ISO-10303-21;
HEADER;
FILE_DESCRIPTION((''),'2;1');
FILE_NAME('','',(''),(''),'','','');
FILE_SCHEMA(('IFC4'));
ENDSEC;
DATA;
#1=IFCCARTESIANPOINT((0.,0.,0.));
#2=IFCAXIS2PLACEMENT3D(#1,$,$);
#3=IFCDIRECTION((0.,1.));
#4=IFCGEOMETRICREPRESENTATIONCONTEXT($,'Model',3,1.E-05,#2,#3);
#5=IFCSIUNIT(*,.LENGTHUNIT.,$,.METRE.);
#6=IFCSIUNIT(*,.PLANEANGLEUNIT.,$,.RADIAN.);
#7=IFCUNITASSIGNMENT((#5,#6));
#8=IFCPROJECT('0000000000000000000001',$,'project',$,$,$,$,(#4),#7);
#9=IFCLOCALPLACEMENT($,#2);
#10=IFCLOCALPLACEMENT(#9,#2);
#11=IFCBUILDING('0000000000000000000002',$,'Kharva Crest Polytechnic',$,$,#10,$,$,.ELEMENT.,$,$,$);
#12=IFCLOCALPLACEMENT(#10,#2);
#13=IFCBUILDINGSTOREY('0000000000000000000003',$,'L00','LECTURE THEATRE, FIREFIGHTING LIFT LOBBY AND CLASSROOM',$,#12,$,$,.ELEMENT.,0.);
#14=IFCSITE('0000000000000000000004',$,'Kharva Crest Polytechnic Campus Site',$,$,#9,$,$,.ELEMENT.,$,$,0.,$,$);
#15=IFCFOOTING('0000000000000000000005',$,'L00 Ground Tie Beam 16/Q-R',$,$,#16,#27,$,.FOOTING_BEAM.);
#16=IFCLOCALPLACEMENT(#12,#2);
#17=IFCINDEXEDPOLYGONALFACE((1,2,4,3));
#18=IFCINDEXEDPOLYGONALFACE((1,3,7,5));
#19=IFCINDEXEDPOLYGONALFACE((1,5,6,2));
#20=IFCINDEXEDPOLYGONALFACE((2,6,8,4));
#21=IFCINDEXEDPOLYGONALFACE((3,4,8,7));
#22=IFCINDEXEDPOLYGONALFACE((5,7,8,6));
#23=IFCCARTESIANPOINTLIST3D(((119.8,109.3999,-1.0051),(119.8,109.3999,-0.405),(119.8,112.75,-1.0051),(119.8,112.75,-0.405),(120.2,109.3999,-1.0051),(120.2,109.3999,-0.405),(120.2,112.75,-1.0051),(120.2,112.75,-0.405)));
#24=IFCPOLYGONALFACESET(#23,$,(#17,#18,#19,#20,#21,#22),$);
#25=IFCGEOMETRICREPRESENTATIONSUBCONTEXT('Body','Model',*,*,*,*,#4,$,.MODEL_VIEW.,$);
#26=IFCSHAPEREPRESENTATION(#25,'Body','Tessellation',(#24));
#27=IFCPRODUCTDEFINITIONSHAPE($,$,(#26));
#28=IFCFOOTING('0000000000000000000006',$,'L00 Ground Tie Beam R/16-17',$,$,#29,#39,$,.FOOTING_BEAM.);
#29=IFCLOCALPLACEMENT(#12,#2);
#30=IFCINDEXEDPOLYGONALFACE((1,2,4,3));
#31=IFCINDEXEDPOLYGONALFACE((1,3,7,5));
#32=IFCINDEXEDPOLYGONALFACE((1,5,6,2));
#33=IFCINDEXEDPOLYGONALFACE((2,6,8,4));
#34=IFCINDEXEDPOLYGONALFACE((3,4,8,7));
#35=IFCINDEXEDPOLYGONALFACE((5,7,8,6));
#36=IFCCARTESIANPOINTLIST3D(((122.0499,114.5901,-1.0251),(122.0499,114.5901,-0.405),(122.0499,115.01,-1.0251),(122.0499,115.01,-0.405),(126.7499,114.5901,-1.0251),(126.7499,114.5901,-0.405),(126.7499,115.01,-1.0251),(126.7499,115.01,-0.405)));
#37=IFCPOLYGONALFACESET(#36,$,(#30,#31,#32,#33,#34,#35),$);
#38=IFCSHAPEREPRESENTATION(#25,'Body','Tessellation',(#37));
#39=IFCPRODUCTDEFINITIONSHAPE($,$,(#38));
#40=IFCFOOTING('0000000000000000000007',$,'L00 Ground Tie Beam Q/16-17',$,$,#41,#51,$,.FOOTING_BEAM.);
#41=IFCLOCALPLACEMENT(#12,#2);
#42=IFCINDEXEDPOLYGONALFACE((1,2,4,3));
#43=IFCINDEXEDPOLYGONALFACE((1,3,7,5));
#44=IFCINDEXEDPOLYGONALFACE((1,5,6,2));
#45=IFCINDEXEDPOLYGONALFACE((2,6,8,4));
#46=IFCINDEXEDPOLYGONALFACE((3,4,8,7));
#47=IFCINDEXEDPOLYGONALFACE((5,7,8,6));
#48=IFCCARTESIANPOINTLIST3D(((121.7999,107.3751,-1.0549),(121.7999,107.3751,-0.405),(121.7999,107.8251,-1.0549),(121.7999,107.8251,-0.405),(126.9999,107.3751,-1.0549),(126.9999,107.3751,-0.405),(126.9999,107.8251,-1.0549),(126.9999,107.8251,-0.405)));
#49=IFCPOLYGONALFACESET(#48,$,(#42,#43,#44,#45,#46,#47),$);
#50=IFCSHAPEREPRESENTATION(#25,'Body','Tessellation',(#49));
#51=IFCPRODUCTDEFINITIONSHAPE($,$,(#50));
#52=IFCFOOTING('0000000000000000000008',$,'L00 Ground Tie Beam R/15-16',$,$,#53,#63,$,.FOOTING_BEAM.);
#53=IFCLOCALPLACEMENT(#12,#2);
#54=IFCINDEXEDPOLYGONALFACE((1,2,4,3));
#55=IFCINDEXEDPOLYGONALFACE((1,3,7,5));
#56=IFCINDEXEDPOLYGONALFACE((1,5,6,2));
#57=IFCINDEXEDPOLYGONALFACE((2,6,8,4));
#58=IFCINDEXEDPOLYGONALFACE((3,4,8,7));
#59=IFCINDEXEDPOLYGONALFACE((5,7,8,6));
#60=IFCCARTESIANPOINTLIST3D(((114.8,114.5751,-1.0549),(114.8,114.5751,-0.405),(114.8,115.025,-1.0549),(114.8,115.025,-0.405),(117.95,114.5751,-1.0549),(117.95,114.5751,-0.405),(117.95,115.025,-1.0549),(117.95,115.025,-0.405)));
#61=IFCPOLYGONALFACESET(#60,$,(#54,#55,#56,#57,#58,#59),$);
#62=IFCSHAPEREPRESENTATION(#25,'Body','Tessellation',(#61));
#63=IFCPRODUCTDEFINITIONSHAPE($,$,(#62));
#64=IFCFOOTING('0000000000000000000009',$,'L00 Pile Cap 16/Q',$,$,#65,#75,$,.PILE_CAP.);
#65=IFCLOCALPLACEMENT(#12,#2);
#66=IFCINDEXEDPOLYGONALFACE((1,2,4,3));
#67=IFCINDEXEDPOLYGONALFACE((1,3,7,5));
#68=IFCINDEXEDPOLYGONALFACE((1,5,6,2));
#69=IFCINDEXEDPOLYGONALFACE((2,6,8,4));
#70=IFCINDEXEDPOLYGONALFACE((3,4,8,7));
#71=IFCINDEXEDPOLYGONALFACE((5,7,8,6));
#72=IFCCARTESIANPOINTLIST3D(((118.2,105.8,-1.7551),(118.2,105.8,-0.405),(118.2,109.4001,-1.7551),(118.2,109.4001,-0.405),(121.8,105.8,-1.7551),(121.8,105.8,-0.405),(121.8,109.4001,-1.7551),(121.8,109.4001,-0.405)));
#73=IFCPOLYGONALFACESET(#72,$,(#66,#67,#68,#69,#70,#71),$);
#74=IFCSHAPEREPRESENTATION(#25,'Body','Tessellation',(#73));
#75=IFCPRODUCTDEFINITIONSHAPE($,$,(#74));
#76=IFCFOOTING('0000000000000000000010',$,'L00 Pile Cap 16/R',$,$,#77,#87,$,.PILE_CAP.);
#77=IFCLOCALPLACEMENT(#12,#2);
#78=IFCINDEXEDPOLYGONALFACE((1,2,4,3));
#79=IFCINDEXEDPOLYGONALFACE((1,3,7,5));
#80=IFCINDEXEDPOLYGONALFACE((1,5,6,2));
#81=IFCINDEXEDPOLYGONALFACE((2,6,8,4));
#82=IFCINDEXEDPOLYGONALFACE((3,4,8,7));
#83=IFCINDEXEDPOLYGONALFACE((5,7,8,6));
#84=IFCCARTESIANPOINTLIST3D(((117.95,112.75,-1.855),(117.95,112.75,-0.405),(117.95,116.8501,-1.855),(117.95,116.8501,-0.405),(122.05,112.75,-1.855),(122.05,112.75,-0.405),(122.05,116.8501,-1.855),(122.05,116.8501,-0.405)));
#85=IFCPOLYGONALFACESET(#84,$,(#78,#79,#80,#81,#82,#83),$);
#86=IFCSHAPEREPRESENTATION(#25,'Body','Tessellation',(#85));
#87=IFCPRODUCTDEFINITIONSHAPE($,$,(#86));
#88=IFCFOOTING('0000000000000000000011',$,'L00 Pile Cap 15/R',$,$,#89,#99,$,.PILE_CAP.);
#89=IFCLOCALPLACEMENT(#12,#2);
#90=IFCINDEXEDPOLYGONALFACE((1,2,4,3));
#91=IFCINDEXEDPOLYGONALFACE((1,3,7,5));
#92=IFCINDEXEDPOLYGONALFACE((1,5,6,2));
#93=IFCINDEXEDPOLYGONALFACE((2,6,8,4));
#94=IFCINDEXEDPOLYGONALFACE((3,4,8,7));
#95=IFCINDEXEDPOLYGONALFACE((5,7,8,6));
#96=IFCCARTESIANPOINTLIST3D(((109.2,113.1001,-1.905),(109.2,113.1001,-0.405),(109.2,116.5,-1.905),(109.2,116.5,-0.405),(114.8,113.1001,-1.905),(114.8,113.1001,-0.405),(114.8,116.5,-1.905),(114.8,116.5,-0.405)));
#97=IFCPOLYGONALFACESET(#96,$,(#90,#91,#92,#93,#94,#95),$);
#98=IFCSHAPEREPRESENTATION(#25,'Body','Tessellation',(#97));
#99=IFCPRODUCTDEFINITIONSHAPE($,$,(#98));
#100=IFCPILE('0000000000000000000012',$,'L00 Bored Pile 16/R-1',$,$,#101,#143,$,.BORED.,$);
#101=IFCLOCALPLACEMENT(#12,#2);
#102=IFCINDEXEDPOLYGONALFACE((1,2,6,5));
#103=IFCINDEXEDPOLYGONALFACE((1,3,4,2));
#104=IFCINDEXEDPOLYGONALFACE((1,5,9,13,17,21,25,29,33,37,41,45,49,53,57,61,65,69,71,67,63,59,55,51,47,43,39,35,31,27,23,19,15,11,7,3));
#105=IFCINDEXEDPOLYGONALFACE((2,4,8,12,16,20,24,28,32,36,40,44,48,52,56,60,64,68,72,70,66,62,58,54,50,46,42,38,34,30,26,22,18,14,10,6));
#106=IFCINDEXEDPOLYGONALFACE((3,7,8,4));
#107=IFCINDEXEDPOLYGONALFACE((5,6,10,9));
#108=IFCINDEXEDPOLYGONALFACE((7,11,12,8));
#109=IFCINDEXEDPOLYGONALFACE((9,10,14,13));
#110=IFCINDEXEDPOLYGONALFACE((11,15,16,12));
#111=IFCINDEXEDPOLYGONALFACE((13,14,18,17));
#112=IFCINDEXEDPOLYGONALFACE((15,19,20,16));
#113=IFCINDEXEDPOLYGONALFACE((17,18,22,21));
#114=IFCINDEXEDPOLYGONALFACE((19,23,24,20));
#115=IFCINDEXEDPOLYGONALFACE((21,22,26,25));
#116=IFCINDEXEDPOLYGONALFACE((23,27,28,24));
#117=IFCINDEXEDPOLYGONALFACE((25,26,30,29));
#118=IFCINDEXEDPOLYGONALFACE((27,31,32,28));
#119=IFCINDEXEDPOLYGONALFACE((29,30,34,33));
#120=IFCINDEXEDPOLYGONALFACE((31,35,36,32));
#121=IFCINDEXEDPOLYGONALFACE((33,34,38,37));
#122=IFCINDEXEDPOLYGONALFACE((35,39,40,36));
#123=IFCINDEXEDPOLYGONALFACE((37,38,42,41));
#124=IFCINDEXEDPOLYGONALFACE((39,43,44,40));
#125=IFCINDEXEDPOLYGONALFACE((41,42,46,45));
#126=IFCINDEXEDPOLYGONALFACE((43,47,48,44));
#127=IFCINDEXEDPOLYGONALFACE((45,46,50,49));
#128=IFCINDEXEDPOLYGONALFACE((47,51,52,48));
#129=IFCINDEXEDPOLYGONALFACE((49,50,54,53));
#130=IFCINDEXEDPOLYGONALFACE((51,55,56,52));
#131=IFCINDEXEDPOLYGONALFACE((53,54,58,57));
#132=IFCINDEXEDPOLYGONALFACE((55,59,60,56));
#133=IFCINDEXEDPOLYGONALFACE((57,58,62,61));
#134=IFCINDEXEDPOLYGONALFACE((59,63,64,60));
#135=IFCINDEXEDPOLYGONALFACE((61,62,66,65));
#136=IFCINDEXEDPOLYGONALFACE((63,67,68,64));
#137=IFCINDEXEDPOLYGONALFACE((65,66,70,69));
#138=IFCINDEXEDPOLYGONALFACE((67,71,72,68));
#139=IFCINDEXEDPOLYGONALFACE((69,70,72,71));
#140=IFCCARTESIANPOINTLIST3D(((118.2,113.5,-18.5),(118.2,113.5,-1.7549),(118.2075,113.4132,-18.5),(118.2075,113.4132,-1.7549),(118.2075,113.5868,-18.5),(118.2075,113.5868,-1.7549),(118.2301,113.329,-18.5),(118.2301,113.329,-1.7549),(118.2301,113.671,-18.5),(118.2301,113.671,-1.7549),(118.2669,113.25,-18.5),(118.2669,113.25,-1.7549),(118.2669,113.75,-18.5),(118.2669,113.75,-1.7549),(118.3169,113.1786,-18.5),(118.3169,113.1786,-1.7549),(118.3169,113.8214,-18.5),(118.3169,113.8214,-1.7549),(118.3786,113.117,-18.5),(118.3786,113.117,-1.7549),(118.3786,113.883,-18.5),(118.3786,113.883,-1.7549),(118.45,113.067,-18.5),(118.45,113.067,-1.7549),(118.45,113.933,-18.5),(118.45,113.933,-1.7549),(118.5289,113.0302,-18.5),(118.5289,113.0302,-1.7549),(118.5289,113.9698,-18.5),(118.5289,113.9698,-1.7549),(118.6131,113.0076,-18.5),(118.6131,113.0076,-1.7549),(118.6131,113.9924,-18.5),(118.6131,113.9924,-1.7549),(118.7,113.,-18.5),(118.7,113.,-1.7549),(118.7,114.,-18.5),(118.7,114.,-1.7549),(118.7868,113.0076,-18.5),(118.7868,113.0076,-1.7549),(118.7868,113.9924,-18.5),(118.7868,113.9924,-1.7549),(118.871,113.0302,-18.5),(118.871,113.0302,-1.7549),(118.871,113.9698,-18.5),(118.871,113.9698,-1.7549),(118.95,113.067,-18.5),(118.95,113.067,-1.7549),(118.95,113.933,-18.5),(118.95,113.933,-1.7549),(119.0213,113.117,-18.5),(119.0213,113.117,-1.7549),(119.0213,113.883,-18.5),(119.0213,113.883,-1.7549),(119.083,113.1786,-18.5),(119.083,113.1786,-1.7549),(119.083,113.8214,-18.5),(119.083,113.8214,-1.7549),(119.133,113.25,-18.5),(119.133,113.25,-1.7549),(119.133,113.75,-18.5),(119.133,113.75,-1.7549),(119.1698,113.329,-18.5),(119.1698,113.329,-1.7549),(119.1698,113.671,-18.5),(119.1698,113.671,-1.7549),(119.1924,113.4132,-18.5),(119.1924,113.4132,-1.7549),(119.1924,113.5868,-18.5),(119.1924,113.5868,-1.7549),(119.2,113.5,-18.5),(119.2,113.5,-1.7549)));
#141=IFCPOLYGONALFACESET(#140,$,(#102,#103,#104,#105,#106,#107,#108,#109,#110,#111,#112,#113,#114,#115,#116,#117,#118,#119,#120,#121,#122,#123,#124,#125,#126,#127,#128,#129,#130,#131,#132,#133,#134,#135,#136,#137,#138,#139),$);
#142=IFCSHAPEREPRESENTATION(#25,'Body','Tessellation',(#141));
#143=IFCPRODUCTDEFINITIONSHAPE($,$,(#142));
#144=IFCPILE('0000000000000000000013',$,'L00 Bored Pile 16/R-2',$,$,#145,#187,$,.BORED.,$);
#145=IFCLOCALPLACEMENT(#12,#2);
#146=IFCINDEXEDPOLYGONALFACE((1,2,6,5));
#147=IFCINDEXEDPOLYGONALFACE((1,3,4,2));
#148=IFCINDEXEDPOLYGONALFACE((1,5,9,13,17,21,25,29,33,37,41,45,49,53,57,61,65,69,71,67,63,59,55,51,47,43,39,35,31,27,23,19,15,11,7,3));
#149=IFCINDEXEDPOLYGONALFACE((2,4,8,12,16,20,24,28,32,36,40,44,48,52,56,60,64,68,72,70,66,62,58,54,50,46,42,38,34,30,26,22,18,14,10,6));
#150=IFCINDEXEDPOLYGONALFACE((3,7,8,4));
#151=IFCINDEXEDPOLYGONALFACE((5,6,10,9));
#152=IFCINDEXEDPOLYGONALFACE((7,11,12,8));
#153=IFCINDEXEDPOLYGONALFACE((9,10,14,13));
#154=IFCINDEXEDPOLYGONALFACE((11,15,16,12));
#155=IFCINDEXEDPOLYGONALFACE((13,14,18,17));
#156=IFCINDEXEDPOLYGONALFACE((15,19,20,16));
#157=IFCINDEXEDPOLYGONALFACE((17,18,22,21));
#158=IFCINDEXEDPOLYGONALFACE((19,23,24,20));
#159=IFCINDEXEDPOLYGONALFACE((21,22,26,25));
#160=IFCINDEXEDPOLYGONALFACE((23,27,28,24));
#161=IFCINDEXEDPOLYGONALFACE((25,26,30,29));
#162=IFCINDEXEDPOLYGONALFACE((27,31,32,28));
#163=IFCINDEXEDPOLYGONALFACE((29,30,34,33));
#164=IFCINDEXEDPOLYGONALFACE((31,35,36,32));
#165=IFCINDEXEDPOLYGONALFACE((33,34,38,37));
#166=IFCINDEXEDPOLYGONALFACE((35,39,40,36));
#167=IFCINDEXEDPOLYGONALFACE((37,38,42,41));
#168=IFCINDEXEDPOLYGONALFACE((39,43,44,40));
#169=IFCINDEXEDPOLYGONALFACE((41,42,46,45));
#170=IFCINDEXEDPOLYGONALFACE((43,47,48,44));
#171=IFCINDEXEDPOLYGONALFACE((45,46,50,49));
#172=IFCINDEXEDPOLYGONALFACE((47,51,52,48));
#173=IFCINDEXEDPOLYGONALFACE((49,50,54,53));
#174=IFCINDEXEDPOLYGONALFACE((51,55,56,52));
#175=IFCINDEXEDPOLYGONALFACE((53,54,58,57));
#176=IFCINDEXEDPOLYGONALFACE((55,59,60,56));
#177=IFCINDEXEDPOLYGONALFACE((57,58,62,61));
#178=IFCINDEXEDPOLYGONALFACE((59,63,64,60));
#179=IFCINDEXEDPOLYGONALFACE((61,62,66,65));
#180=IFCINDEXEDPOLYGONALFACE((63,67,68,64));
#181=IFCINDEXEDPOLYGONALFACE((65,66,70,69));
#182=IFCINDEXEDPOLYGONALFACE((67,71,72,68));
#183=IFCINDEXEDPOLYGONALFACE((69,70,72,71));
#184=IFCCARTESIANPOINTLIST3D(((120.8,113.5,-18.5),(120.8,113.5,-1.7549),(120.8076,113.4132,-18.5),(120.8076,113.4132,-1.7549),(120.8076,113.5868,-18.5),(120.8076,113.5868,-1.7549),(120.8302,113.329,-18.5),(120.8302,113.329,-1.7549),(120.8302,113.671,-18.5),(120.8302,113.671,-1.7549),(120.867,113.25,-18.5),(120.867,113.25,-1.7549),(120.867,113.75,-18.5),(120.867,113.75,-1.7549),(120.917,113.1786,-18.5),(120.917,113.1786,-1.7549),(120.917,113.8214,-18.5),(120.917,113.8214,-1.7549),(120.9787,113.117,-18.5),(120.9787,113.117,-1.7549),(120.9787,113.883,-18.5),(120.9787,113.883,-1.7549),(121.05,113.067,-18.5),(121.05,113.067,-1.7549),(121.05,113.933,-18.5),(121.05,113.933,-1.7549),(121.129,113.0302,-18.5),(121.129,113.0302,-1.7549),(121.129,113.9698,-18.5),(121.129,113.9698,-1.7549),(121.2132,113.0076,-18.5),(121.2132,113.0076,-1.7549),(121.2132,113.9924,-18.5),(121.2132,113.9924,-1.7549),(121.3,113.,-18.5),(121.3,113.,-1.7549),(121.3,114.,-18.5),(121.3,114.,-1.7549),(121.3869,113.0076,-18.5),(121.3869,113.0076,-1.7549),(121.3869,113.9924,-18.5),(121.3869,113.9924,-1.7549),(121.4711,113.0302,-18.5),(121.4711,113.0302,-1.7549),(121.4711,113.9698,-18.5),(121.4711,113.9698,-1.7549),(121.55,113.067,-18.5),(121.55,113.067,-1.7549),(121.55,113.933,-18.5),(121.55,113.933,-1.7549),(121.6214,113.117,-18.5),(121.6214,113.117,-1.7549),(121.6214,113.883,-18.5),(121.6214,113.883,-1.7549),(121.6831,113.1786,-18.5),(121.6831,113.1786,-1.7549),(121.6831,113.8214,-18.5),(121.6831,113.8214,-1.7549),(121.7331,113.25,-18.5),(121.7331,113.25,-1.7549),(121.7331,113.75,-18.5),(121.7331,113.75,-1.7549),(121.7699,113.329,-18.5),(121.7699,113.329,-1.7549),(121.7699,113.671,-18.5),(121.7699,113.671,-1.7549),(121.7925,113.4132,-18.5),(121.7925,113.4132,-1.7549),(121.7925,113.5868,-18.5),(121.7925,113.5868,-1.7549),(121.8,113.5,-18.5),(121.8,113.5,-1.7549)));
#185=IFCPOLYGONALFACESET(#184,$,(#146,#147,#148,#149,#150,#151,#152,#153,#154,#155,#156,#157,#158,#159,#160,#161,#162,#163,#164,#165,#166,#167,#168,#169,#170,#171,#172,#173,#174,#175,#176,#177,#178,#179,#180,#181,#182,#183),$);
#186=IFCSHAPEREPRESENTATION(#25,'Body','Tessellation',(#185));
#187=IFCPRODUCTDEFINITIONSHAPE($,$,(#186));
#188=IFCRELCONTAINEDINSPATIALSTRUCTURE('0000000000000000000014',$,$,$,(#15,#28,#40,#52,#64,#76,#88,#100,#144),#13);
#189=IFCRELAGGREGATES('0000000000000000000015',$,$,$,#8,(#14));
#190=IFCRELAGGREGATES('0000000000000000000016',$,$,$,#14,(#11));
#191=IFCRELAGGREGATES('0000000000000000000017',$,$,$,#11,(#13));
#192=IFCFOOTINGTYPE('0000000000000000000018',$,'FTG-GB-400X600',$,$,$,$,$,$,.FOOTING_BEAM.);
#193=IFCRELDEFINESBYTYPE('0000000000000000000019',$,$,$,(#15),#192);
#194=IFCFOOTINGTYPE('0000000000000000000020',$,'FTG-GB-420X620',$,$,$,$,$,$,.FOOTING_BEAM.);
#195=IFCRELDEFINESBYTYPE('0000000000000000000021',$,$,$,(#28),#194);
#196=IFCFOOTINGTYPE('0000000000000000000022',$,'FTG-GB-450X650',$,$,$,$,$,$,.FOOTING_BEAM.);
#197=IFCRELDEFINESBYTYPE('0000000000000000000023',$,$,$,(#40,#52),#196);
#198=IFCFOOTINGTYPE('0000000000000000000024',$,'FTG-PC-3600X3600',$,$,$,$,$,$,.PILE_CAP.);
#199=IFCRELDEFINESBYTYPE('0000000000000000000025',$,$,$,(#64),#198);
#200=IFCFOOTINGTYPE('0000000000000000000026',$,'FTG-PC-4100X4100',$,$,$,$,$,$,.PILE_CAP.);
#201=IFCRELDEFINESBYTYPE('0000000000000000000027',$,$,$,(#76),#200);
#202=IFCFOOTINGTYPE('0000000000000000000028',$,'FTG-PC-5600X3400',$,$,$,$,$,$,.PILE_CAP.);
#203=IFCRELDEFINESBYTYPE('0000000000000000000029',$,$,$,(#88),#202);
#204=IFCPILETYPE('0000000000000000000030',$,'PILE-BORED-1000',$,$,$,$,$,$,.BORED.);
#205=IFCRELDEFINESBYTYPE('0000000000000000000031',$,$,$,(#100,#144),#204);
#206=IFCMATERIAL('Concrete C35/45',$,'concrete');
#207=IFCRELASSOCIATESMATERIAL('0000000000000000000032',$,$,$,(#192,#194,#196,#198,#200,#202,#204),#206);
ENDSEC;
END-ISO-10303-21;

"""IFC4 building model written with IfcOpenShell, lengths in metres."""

from ifc_helpers import new_model, si_unit, direction, frame, origin, origin_2d, place, context, subcontext, project, spatial, rectangle, circle, extrude, material, material_profile, profile_set, type_object, element, save


model = new_model("IFC4")

# Units and contexts
model_context = context("Model", 3, precision=1e-05, world=origin(), true_north=direction((0.0, 1.0)))
body_context = subcontext(model_context, "Body", "Model", "MODEL_VIEW")
ifc_project = project(units=[si_unit("LENGTHUNIT", "METRE"), si_unit("PLANEANGLEUNIT", "RADIAN")], contexts=[model_context])

# Site, building, storey
site_placement = place(None, origin())
site = spatial("IfcSite", under=ifc_project, at=site_placement, Name="Kharva Crest Polytechnic Campus Site", CompositionType="ELEMENT", RefElevation=0.0)
building_placement = place(site_placement, origin())
building = spatial("IfcBuilding", under=site, at=building_placement, Name="Kharva Crest Polytechnic", CompositionType="ELEMENT")
storey_placement = place(building_placement, origin())
storey = spatial("IfcBuildingStorey", under=building, at=storey_placement, Name="L00", Description="LECTURE THEATRE, FIREFIGHTING LIFT LOBBY AND CLASSROOM", CompositionType="ELEMENT", Elevation=0.0)

# Footings
ifc_material_1 = material(Name="Concrete C35/45", Category="concrete")
footing_type_1 = type_object("IfcFootingType", Name="FTG-GB-400X600", PredefinedType="FOOTING_BEAM", material=ifc_material_1)
footing_1_placement = place(storey_placement, frame((120.0, 111.075, -1.0051), z_axis=(0.0, 0.0, 1.0), x_axis=(0.0, 1.0, 0.0)))
element("IfcFooting", 1, at=footing_1_placement, inside=storey, type_object=footing_type_1, Name="L00 Ground Tie Beam 16/Q-R", PredefinedType="FOOTING_BEAM", context=body_context, shape_type="SweptSolid", body=[
    extrude(rectangle(XDim=3.3501, YDim=0.3999, at=origin_2d()), origin(), (0.0, 0.0, 1.0), 0.6001),
])
footing_type_2 = type_object("IfcFootingType", Name="FTG-GB-420X620", PredefinedType="FOOTING_BEAM", material=ifc_material_1)
footing_2_placement = place(storey_placement, frame((124.3999, 114.8, -1.0251), z_axis=(0.0, 0.0, 1.0), x_axis=(1.0, 0.0, 0.0)))
element("IfcFooting", 2, at=footing_2_placement, inside=storey, type_object=footing_type_2, Name="L00 Ground Tie Beam R/16-17", PredefinedType="FOOTING_BEAM", context=body_context, shape_type="SweptSolid", body=[
    extrude(rectangle(XDim=4.7, YDim=0.4199, at=origin_2d()), origin(), (0.0, 0.0, 1.0), 0.6201),
])
footing_type_3 = type_object("IfcFootingType", Name="FTG-GB-450X650", PredefinedType="FOOTING_BEAM", material=ifc_material_1)
footing_3_placement = place(storey_placement, frame((124.3999, 107.6001, -1.0549), z_axis=(0.0, 0.0, 1.0), x_axis=(1.0, 0.0, 0.0)))
element("IfcFooting", 3, at=footing_3_placement, inside=storey, type_object=footing_type_3, Name="L00 Ground Tie Beam Q/16-17", PredefinedType="FOOTING_BEAM", context=body_context, shape_type="SweptSolid", body=[
    extrude(rectangle(XDim=5.2, YDim=0.45, at=origin_2d()), origin(), (0.0, 0.0, 1.0), 0.6499),
])
footing_4_placement = place(storey_placement, frame((116.375, 114.8, -1.0549), z_axis=(0.0, 0.0, 1.0), x_axis=(1.0, 0.0, 0.0)))
element("IfcFooting", 4, at=footing_4_placement, inside=storey, type_object=footing_type_3, Name="L00 Ground Tie Beam R/15-16", PredefinedType="FOOTING_BEAM", context=body_context, shape_type="SweptSolid", body=[
    extrude(rectangle(XDim=3.1499, YDim=0.45, at=origin_2d()), origin(), (0.0, 0.0, 1.0), 0.6499),
])
footing_type_4 = type_object("IfcFootingType", Name="FTG-PC-3600X3600", PredefinedType="PILE_CAP", material=ifc_material_1)
footing_5_placement = place(storey_placement, frame((120.0, 107.6001, -1.7551), z_axis=(0.0, 0.0, 1.0), x_axis=(1.0, 0.0, 0.0)))
element("IfcFooting", 5, at=footing_5_placement, inside=storey, type_object=footing_type_4, Name="L00 Pile Cap 16/Q", PredefinedType="PILE_CAP", context=body_context, shape_type="SweptSolid", body=[
    extrude(rectangle(XDim=3.6001, YDim=3.6001, at=origin_2d()), origin(), (0.0, 0.0, 1.0), 1.3501),
])
footing_type_5 = type_object("IfcFootingType", Name="FTG-PC-4100X4100", PredefinedType="PILE_CAP", material=ifc_material_1)
footing_6_placement = place(storey_placement, frame((120.0, 114.8, -1.855), z_axis=(0.0, 0.0, 1.0), x_axis=(1.0, 0.0, 0.0)))
element("IfcFooting", 6, at=footing_6_placement, inside=storey, type_object=footing_type_5, Name="L00 Pile Cap 16/R", PredefinedType="PILE_CAP", context=body_context, shape_type="SweptSolid", body=[
    extrude(rectangle(XDim=4.1001, YDim=4.1001, at=origin_2d()), origin(), (0.0, 0.0, 1.0), 1.45),
])
footing_type_6 = type_object("IfcFootingType", Name="FTG-PC-5600X3400", PredefinedType="PILE_CAP", material=ifc_material_1)
footing_7_placement = place(storey_placement, frame((112.0, 114.8, -1.905), z_axis=(0.0, 0.0, 1.0), x_axis=(1.0, 0.0, 0.0)))
element("IfcFooting", 7, at=footing_7_placement, inside=storey, type_object=footing_type_6, Name="L00 Pile Cap 15/R", PredefinedType="PILE_CAP", context=body_context, shape_type="SweptSolid", body=[
    extrude(rectangle(XDim=5.6001, YDim=3.3999, at=origin_2d()), origin(), (0.0, 0.0, 1.0), 1.5),
])

# Piles
ifc_material_profile_1 = material_profile(ifc_material_1, circle(Radius=0.5, at=origin_2d()), Name="DIA 1000")
ifc_profile_set_1 = profile_set([ifc_material_profile_1], Name="Concrete C35/45")
pile_type_1 = type_object("IfcPileType", Name="PILE-BORED-1000", PredefinedType="BORED", material=ifc_profile_set_1)
for number, where, z_axis, x_axis, name in (
    (8, (118.7, 113.5, -1.7549), (0.0, 0.0, -1.0), (1.0, 0.0, 0.0), "L00 Bored Pile 16/R-1"),
    (9, (121.3, 113.5, -1.7549), (0.0, 0.0, -1.0), (1.0, 0.0, 0.0), "L00 Bored Pile 16/R-2"),
):
    element("IfcPile", number, at=place(storey_placement, frame(where, z_axis=z_axis, x_axis=x_axis)), inside=storey, type_object=pile_type_1, Name=name, PredefinedType="BORED", context=body_context, shape_type="SweptSolid", body=[
        extrude(circle(Radius=0.5, at=origin_2d()), origin(), (0.0, 0.0, 1.0), 16.7451),
    ])

save(model, "model.ifc")
